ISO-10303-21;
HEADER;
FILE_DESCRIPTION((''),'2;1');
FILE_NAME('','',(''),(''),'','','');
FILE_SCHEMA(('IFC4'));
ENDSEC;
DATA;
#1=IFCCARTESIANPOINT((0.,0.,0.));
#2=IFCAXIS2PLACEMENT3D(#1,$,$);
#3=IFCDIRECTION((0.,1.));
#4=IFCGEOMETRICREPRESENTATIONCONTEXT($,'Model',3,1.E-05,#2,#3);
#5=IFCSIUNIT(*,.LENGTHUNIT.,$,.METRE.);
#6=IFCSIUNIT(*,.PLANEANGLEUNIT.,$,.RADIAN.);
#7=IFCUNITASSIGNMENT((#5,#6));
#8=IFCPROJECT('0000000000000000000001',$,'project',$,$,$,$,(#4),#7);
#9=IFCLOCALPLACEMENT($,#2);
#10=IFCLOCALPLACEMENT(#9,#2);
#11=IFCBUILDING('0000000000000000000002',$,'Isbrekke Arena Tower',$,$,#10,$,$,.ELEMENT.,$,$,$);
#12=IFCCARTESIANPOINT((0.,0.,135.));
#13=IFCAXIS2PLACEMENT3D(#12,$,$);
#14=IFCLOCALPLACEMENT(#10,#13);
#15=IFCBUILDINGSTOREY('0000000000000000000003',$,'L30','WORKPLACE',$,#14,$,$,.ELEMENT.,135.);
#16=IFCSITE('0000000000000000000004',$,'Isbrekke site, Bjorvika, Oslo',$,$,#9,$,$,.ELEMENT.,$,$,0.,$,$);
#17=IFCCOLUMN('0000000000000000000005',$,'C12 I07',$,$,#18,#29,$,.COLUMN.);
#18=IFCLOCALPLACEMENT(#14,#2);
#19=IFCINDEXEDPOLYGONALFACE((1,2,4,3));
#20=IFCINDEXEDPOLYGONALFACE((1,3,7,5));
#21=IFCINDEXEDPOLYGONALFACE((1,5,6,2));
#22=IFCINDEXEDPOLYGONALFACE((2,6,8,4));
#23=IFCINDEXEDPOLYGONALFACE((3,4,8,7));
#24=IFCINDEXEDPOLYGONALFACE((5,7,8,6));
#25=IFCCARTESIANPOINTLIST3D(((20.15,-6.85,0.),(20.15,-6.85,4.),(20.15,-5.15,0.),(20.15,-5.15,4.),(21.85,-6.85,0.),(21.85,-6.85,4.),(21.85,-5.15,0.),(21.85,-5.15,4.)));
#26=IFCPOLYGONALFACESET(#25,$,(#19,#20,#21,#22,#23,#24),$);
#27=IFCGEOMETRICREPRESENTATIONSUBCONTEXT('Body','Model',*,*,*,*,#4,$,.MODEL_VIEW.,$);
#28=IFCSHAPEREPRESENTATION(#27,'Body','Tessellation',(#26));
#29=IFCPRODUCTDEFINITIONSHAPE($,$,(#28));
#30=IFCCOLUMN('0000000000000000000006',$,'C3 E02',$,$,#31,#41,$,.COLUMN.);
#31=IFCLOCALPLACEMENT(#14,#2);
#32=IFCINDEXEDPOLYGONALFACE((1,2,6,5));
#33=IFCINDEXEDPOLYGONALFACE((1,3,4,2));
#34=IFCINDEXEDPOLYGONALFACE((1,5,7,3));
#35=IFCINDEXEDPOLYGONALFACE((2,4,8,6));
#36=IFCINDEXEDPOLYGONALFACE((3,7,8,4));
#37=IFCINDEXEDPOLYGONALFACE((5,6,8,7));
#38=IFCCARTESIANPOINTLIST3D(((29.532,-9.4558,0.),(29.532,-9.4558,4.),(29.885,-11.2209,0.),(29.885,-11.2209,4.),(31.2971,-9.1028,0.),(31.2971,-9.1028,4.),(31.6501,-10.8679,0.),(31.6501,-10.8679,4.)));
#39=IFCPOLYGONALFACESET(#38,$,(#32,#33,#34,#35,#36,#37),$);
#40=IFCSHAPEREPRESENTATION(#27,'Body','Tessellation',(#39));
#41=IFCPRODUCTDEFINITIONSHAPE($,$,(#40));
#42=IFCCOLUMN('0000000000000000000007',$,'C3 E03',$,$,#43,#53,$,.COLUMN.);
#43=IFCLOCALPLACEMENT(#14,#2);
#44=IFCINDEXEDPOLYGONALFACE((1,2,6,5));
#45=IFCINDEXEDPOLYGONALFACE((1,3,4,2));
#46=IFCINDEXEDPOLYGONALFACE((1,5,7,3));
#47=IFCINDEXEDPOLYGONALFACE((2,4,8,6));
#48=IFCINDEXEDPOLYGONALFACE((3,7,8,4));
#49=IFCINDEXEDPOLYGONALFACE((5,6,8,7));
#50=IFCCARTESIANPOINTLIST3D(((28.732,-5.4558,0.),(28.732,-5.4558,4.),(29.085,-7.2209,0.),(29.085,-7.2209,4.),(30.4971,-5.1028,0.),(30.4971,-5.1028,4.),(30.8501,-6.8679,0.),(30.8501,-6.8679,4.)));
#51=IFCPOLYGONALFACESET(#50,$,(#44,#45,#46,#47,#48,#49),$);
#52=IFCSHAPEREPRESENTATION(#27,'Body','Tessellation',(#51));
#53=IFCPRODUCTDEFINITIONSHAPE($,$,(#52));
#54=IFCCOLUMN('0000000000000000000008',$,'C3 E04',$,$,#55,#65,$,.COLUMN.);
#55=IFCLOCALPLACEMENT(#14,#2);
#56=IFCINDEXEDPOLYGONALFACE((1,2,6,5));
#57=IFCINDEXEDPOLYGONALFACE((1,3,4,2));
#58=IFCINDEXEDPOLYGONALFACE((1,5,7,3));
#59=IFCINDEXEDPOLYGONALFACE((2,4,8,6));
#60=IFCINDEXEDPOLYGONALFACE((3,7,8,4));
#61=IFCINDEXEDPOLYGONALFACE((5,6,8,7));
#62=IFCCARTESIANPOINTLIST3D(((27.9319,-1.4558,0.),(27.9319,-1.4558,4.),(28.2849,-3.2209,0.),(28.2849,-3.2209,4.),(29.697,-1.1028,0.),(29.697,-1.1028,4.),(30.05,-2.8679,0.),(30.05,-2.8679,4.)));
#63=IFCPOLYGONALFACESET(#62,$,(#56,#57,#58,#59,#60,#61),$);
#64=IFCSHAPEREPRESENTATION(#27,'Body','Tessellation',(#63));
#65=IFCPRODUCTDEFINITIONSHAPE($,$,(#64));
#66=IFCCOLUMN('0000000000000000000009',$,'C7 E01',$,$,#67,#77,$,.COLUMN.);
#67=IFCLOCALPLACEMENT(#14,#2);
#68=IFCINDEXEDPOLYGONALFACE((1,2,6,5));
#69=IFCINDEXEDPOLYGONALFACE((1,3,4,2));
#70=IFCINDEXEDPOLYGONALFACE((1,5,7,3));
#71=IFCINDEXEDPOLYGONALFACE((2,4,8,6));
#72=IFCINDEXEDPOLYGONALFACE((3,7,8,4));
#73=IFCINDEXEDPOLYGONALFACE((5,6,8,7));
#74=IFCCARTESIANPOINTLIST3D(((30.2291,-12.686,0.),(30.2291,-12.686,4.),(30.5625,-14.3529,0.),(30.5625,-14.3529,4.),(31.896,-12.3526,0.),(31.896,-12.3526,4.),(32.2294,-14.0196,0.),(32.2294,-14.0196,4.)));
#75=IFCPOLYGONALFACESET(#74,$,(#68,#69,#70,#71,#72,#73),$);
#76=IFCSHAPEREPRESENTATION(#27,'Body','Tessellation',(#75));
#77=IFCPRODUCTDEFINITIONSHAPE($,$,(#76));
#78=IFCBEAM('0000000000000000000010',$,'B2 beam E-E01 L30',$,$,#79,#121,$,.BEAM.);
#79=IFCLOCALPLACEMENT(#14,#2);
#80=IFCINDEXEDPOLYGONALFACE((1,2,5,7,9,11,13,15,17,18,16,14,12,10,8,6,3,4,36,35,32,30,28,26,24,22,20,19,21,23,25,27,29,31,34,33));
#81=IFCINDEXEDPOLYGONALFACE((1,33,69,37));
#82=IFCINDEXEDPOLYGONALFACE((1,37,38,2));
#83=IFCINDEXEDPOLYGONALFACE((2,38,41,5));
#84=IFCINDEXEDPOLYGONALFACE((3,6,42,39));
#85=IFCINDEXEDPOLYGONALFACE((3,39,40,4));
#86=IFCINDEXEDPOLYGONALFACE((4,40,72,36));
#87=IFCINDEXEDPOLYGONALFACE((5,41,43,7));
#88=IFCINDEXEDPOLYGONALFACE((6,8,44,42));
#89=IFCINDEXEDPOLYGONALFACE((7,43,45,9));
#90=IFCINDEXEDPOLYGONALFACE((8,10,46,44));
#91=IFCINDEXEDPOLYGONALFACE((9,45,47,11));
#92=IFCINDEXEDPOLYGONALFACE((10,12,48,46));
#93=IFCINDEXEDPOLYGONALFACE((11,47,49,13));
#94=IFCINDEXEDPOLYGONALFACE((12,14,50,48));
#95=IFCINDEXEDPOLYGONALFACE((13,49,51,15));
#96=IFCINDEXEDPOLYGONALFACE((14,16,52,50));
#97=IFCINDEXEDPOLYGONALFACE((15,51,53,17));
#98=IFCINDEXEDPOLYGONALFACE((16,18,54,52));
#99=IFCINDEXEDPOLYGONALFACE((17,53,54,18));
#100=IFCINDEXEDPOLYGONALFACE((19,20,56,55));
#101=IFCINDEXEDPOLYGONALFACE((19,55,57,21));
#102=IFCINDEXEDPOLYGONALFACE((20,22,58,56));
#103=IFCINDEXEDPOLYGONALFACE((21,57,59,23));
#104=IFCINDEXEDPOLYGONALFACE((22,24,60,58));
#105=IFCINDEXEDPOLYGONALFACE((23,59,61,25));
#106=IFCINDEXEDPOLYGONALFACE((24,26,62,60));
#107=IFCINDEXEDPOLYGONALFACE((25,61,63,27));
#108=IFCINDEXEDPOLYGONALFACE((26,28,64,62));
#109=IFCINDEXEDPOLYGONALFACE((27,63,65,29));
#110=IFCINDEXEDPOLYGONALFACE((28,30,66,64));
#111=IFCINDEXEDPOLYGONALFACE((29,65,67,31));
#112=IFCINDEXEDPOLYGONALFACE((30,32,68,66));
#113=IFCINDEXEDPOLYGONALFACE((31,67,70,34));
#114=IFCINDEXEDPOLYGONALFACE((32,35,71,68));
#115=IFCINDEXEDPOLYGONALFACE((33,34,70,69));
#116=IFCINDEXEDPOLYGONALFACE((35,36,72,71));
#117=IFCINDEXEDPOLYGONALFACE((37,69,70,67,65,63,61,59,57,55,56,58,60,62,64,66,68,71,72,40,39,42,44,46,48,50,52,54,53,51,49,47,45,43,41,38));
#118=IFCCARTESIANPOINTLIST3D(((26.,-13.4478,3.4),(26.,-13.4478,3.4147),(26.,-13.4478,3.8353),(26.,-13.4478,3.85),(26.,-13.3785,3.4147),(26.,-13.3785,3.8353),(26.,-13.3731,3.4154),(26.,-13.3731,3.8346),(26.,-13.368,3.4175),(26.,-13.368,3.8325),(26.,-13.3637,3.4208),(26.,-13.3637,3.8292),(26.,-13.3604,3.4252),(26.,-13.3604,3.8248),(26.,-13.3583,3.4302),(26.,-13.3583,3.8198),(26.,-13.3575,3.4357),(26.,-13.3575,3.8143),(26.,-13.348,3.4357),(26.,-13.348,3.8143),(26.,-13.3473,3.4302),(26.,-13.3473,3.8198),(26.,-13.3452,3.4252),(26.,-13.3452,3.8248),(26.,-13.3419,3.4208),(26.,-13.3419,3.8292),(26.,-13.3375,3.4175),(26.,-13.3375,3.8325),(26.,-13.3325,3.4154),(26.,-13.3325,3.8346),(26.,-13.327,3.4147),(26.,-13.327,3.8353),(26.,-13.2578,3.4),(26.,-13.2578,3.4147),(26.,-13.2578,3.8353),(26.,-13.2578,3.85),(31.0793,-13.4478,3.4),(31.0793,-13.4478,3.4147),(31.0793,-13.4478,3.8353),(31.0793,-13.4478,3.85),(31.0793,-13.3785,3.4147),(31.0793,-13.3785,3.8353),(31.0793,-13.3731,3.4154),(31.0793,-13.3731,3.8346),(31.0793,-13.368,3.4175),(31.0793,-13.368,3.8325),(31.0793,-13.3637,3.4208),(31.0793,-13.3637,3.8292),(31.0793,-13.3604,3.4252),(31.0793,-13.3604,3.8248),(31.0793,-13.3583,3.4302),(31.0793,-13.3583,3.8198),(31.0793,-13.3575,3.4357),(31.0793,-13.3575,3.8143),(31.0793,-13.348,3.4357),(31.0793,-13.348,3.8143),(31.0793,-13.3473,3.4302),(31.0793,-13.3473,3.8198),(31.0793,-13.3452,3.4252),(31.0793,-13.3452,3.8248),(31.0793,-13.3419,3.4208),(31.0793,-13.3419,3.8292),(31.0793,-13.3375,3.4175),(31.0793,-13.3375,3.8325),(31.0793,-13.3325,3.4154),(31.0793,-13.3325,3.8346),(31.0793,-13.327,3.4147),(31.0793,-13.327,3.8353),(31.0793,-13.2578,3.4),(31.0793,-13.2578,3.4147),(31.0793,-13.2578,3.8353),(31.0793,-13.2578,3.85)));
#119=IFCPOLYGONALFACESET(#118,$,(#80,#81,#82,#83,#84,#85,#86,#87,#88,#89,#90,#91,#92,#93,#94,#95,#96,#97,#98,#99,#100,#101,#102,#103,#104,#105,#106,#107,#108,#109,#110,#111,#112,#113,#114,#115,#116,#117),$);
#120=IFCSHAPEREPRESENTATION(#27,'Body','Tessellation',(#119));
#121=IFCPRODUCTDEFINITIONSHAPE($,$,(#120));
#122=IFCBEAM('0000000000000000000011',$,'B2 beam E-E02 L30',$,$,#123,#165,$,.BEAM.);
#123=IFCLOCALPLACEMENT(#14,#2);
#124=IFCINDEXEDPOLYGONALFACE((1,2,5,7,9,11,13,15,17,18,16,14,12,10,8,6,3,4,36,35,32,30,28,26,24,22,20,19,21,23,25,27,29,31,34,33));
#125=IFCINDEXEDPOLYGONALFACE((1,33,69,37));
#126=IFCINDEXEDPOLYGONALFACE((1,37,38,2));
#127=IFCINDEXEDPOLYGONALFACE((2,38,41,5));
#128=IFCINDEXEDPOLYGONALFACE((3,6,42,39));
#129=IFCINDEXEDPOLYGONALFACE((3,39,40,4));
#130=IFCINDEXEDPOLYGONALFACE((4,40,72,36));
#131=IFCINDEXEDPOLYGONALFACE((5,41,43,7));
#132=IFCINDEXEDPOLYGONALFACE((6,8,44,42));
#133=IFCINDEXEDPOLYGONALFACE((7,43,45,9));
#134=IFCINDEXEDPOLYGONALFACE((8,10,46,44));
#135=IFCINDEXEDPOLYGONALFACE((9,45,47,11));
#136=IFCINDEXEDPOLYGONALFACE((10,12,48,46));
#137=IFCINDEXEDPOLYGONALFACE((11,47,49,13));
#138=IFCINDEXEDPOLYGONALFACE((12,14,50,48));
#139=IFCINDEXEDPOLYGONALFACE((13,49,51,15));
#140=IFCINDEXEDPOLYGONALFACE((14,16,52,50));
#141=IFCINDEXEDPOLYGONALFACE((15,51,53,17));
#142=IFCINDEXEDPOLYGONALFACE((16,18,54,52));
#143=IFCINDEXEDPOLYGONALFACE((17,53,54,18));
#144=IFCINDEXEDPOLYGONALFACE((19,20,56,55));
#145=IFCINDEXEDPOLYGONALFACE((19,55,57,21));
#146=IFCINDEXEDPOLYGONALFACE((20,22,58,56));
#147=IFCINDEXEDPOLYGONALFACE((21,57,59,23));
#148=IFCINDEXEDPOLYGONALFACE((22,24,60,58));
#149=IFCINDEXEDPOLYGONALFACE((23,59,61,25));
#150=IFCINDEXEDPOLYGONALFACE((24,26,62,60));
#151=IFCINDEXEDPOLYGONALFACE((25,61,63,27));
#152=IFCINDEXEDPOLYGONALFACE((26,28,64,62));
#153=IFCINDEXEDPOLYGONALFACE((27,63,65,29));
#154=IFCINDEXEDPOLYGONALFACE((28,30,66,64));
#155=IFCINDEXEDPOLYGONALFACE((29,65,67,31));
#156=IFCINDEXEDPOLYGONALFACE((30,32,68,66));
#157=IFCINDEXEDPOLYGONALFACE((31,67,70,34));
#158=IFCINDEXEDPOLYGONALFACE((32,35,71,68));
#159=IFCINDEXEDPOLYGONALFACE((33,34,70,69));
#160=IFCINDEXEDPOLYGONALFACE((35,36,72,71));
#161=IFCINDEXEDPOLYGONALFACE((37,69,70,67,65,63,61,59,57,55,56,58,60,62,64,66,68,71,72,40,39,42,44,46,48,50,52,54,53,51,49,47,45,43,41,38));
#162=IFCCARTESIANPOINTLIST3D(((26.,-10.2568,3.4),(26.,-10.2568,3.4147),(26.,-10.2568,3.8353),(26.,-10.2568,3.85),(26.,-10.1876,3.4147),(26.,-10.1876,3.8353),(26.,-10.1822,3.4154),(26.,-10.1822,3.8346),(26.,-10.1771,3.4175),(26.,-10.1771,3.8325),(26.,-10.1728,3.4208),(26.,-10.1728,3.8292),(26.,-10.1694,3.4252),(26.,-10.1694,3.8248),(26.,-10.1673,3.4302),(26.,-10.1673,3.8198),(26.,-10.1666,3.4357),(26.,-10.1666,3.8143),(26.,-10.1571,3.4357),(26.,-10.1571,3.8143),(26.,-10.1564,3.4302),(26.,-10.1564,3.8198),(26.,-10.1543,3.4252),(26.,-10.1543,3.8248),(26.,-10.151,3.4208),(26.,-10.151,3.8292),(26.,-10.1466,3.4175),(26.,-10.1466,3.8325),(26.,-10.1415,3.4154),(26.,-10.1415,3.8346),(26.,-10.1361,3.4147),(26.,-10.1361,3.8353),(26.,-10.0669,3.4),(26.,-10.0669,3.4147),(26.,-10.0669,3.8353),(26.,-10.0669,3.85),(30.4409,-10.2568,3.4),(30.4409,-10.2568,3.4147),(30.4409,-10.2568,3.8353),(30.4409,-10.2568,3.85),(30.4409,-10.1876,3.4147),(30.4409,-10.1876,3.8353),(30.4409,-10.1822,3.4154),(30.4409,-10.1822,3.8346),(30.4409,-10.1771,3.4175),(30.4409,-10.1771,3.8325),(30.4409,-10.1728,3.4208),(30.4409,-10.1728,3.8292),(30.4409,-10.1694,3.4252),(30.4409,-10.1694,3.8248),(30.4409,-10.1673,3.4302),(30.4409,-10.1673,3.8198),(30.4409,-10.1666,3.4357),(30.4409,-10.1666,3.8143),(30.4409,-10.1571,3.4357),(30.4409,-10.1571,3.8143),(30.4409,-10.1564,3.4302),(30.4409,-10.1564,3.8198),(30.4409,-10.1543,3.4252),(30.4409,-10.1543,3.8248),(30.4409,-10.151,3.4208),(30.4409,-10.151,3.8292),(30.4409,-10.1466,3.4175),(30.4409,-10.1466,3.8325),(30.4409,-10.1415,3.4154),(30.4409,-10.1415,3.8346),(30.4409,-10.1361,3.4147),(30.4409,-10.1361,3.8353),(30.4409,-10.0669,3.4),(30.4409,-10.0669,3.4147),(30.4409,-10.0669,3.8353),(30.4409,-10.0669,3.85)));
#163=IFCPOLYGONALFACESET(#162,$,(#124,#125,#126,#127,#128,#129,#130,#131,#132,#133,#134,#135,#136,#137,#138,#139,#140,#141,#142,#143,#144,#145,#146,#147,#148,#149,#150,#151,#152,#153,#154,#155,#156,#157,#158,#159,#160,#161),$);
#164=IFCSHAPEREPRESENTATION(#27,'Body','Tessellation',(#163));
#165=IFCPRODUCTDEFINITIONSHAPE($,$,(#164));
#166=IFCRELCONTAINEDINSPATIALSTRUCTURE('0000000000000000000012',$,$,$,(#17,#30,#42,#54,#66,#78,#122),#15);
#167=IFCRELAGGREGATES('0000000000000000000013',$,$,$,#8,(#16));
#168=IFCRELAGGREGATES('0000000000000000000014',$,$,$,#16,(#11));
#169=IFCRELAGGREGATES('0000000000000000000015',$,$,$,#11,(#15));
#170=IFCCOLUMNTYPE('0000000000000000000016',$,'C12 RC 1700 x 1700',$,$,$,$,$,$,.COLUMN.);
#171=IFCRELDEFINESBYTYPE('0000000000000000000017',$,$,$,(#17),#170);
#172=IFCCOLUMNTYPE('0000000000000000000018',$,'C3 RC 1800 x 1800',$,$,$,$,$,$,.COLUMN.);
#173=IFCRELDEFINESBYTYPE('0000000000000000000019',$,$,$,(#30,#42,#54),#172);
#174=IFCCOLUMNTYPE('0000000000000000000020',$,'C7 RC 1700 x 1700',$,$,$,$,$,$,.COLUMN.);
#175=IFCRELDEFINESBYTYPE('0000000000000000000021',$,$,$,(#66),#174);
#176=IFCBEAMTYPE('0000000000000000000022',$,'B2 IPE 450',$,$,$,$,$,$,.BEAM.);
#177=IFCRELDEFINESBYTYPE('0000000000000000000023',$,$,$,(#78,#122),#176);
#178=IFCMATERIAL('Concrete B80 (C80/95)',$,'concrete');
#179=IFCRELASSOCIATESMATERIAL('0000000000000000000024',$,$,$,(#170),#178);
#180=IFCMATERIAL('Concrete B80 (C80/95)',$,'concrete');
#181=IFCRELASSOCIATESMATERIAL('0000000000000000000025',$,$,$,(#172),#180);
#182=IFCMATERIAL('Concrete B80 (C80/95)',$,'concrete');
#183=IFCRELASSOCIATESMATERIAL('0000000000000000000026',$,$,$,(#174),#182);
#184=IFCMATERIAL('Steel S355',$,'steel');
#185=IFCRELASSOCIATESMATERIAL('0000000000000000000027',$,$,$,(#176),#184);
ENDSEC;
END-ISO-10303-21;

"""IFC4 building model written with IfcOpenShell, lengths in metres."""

from ifc_helpers import new_model, si_unit, direction, frame, origin, origin_2d, place, context, subcontext, project, spatial, rectangle, i_section, extrude, material, material_profile, profile_set, type_object, element, save


model = new_model("IFC4")

# Units and contexts
model_context = context("Model", 3, precision=1e-05, world=origin(), true_north=direction((0.0, 1.0)))
body_context = subcontext(model_context, "Body", "Model", "MODEL_VIEW")
ifc_project = project(units=[si_unit("LENGTHUNIT", "METRE"), si_unit("PLANEANGLEUNIT", "RADIAN")], contexts=[model_context])

# Site, building, storey
site_placement = place(None, origin())
site = spatial("IfcSite", under=ifc_project, at=site_placement, Name="Isbrekke site, Bjorvika, Oslo", CompositionType="ELEMENT", RefElevation=0.0)
building_placement = place(site_placement, origin())
building = spatial("IfcBuilding", under=site, at=building_placement, Name="Isbrekke Arena Tower", CompositionType="ELEMENT")
storey_placement = place(building_placement, frame((0.0, 0.0, 135.0)))
storey = spatial("IfcBuildingStorey", under=building, at=storey_placement, Name="L30", Description="WORKPLACE", CompositionType="ELEMENT", Elevation=135.0)

# Columns
ifc_material_1 = material(Name="Concrete B80 (C80/95)", Category="concrete")
ifc_material_profile_1 = material_profile(ifc_material_1, rectangle(XDim=1.7, YDim=1.7, at=origin_2d()), Name="RC 1700x1700")
ifc_profile_set_1 = profile_set([ifc_material_profile_1], Name="Concrete B80 (C80/95)")
column_type_1 = type_object("IfcColumnType", Name="C12 RC 1700 x 1700", PredefinedType="COLUMN", material=ifc_profile_set_1)
column_1_placement = place(storey_placement, frame((21.0, -6.0, 0.0), z_axis=(0.0, 0.0, 1.0), x_axis=(1.0, 0.0, 0.0)))
element("IfcColumn", 1, at=column_1_placement, inside=storey, type_object=column_type_1, Name="C12 I07", PredefinedType="COLUMN", context=body_context, shape_type="SweptSolid", body=[
    extrude(rectangle(XDim=1.7, YDim=1.7, at=origin_2d()), origin(), (0.0, 0.0, 1.0), 4.0),
])
ifc_material_2 = material(Name="Concrete B80 (C80/95)", Category="concrete")
ifc_material_profile_2 = material_profile(ifc_material_2, rectangle(XDim=1.8, YDim=1.8, at=origin_2d()), Name="RC 1800x1800")
ifc_profile_set_2 = profile_set([ifc_material_profile_2], Name="Concrete B80 (C80/95)")
column_type_2 = type_object("IfcColumnType", Name="C3 RC 1800 x 1800", PredefinedType="COLUMN", material=ifc_profile_set_2)
for number, where, z_axis, x_axis, name in (
    (2, (30.5911, -10.1619, 0.0), (0.0, 0.0, 1.0), (-0.196116, 0.980581, 0.0), "C3 E02"),
    (3, (29.791, -6.1619, 0.0), (0.0, 0.0, 1.0), (-0.196116, 0.980581, 0.0), "C3 E03"),
    (4, (28.991, -2.1619, 0.0), (0.0, 0.0, 1.0), (-0.196116, 0.980581, 0.0), "C3 E04"),
):
    element("IfcColumn", number, at=place(storey_placement, frame(where, z_axis=z_axis, x_axis=x_axis)), inside=storey, type_object=column_type_2, Name=name, PredefinedType="COLUMN", context=body_context, shape_type="SweptSolid", body=[
        extrude(rectangle(XDim=1.8, YDim=1.8, at=origin_2d()), origin(), (0.0, 0.0, 1.0), 4.0),
    ])
ifc_material_3 = material(Name="Concrete B80 (C80/95)", Category="concrete")
ifc_material_profile_3 = material_profile(ifc_material_3, rectangle(XDim=1.7, YDim=1.7, at=origin_2d()), Name="RC 1700x1700")
ifc_profile_set_3 = profile_set([ifc_material_profile_3], Name="Concrete B80 (C80/95)")
column_type_3 = type_object("IfcColumnType", Name="C7 RC 1700 x 1700", PredefinedType="COLUMN", material=ifc_profile_set_3)
column_2_placement = place(storey_placement, frame((31.2292, -13.3528, 0.0), z_axis=(0.0, 0.0, 1.0), x_axis=(-0.196116, 0.980581, 0.0)))
element("IfcColumn", 5, at=column_2_placement, inside=storey, type_object=column_type_3, Name="C7 E01", PredefinedType="COLUMN", context=body_context, shape_type="SweptSolid", body=[
    extrude(rectangle(XDim=1.7, YDim=1.7, at=origin_2d()), origin(), (0.0, 0.0, 1.0), 4.0),
])

# Beams
ifc_material_4 = material(Name="Steel S355", Category="steel")
ifc_material_profile_4 = material_profile(ifc_material_4, i_section(OverallWidth=0.1899, OverallDepth=0.45, WebThickness=0.0095, FlangeThickness=0.0146, FilletRadius=0.021, at=origin_2d()), Name="IPE 450")
ifc_profile_set_4 = profile_set([ifc_material_profile_4], Name="Steel S355")
beam_type_1 = type_object("IfcBeamType", Name="B2 IPE 450", PredefinedType="BEAM", material=ifc_profile_set_4)
beam_1_placement = place(storey_placement, frame((31.0793, -13.3528, 3.625), z_axis=(-1.0, 0.0, 0.0), x_axis=(0.0, -1.0, 0.0)))
element("IfcBeam", 6, at=beam_1_placement, inside=storey, type_object=beam_type_1, Name="B2 beam E-E01 L30", PredefinedType="BEAM", context=body_context, shape_type="SweptSolid", body=[
    extrude(i_section(OverallWidth=0.1899, OverallDepth=0.45, WebThickness=0.0095, FlangeThickness=0.0146, FilletRadius=0.021, at=origin_2d()), origin(), (0.0, 0.0, 1.0), 5.0793),
])
beam_2_placement = place(storey_placement, frame((30.4409, -10.1619, 3.625), z_axis=(-1.0, 0.0, 0.0), x_axis=(0.0, -1.0, 0.0)))
element("IfcBeam", 7, at=beam_2_placement, inside=storey, type_object=beam_type_1, Name="B2 beam E-E02 L30", PredefinedType="BEAM", context=body_context, shape_type="SweptSolid", body=[
    extrude(i_section(OverallWidth=0.1899, OverallDepth=0.45, WebThickness=0.0095, FlangeThickness=0.0146, FilletRadius=0.021, at=origin_2d()), origin(), (0.0, 0.0, 1.0), 4.4409),
])

save(model, "model.ifc")
